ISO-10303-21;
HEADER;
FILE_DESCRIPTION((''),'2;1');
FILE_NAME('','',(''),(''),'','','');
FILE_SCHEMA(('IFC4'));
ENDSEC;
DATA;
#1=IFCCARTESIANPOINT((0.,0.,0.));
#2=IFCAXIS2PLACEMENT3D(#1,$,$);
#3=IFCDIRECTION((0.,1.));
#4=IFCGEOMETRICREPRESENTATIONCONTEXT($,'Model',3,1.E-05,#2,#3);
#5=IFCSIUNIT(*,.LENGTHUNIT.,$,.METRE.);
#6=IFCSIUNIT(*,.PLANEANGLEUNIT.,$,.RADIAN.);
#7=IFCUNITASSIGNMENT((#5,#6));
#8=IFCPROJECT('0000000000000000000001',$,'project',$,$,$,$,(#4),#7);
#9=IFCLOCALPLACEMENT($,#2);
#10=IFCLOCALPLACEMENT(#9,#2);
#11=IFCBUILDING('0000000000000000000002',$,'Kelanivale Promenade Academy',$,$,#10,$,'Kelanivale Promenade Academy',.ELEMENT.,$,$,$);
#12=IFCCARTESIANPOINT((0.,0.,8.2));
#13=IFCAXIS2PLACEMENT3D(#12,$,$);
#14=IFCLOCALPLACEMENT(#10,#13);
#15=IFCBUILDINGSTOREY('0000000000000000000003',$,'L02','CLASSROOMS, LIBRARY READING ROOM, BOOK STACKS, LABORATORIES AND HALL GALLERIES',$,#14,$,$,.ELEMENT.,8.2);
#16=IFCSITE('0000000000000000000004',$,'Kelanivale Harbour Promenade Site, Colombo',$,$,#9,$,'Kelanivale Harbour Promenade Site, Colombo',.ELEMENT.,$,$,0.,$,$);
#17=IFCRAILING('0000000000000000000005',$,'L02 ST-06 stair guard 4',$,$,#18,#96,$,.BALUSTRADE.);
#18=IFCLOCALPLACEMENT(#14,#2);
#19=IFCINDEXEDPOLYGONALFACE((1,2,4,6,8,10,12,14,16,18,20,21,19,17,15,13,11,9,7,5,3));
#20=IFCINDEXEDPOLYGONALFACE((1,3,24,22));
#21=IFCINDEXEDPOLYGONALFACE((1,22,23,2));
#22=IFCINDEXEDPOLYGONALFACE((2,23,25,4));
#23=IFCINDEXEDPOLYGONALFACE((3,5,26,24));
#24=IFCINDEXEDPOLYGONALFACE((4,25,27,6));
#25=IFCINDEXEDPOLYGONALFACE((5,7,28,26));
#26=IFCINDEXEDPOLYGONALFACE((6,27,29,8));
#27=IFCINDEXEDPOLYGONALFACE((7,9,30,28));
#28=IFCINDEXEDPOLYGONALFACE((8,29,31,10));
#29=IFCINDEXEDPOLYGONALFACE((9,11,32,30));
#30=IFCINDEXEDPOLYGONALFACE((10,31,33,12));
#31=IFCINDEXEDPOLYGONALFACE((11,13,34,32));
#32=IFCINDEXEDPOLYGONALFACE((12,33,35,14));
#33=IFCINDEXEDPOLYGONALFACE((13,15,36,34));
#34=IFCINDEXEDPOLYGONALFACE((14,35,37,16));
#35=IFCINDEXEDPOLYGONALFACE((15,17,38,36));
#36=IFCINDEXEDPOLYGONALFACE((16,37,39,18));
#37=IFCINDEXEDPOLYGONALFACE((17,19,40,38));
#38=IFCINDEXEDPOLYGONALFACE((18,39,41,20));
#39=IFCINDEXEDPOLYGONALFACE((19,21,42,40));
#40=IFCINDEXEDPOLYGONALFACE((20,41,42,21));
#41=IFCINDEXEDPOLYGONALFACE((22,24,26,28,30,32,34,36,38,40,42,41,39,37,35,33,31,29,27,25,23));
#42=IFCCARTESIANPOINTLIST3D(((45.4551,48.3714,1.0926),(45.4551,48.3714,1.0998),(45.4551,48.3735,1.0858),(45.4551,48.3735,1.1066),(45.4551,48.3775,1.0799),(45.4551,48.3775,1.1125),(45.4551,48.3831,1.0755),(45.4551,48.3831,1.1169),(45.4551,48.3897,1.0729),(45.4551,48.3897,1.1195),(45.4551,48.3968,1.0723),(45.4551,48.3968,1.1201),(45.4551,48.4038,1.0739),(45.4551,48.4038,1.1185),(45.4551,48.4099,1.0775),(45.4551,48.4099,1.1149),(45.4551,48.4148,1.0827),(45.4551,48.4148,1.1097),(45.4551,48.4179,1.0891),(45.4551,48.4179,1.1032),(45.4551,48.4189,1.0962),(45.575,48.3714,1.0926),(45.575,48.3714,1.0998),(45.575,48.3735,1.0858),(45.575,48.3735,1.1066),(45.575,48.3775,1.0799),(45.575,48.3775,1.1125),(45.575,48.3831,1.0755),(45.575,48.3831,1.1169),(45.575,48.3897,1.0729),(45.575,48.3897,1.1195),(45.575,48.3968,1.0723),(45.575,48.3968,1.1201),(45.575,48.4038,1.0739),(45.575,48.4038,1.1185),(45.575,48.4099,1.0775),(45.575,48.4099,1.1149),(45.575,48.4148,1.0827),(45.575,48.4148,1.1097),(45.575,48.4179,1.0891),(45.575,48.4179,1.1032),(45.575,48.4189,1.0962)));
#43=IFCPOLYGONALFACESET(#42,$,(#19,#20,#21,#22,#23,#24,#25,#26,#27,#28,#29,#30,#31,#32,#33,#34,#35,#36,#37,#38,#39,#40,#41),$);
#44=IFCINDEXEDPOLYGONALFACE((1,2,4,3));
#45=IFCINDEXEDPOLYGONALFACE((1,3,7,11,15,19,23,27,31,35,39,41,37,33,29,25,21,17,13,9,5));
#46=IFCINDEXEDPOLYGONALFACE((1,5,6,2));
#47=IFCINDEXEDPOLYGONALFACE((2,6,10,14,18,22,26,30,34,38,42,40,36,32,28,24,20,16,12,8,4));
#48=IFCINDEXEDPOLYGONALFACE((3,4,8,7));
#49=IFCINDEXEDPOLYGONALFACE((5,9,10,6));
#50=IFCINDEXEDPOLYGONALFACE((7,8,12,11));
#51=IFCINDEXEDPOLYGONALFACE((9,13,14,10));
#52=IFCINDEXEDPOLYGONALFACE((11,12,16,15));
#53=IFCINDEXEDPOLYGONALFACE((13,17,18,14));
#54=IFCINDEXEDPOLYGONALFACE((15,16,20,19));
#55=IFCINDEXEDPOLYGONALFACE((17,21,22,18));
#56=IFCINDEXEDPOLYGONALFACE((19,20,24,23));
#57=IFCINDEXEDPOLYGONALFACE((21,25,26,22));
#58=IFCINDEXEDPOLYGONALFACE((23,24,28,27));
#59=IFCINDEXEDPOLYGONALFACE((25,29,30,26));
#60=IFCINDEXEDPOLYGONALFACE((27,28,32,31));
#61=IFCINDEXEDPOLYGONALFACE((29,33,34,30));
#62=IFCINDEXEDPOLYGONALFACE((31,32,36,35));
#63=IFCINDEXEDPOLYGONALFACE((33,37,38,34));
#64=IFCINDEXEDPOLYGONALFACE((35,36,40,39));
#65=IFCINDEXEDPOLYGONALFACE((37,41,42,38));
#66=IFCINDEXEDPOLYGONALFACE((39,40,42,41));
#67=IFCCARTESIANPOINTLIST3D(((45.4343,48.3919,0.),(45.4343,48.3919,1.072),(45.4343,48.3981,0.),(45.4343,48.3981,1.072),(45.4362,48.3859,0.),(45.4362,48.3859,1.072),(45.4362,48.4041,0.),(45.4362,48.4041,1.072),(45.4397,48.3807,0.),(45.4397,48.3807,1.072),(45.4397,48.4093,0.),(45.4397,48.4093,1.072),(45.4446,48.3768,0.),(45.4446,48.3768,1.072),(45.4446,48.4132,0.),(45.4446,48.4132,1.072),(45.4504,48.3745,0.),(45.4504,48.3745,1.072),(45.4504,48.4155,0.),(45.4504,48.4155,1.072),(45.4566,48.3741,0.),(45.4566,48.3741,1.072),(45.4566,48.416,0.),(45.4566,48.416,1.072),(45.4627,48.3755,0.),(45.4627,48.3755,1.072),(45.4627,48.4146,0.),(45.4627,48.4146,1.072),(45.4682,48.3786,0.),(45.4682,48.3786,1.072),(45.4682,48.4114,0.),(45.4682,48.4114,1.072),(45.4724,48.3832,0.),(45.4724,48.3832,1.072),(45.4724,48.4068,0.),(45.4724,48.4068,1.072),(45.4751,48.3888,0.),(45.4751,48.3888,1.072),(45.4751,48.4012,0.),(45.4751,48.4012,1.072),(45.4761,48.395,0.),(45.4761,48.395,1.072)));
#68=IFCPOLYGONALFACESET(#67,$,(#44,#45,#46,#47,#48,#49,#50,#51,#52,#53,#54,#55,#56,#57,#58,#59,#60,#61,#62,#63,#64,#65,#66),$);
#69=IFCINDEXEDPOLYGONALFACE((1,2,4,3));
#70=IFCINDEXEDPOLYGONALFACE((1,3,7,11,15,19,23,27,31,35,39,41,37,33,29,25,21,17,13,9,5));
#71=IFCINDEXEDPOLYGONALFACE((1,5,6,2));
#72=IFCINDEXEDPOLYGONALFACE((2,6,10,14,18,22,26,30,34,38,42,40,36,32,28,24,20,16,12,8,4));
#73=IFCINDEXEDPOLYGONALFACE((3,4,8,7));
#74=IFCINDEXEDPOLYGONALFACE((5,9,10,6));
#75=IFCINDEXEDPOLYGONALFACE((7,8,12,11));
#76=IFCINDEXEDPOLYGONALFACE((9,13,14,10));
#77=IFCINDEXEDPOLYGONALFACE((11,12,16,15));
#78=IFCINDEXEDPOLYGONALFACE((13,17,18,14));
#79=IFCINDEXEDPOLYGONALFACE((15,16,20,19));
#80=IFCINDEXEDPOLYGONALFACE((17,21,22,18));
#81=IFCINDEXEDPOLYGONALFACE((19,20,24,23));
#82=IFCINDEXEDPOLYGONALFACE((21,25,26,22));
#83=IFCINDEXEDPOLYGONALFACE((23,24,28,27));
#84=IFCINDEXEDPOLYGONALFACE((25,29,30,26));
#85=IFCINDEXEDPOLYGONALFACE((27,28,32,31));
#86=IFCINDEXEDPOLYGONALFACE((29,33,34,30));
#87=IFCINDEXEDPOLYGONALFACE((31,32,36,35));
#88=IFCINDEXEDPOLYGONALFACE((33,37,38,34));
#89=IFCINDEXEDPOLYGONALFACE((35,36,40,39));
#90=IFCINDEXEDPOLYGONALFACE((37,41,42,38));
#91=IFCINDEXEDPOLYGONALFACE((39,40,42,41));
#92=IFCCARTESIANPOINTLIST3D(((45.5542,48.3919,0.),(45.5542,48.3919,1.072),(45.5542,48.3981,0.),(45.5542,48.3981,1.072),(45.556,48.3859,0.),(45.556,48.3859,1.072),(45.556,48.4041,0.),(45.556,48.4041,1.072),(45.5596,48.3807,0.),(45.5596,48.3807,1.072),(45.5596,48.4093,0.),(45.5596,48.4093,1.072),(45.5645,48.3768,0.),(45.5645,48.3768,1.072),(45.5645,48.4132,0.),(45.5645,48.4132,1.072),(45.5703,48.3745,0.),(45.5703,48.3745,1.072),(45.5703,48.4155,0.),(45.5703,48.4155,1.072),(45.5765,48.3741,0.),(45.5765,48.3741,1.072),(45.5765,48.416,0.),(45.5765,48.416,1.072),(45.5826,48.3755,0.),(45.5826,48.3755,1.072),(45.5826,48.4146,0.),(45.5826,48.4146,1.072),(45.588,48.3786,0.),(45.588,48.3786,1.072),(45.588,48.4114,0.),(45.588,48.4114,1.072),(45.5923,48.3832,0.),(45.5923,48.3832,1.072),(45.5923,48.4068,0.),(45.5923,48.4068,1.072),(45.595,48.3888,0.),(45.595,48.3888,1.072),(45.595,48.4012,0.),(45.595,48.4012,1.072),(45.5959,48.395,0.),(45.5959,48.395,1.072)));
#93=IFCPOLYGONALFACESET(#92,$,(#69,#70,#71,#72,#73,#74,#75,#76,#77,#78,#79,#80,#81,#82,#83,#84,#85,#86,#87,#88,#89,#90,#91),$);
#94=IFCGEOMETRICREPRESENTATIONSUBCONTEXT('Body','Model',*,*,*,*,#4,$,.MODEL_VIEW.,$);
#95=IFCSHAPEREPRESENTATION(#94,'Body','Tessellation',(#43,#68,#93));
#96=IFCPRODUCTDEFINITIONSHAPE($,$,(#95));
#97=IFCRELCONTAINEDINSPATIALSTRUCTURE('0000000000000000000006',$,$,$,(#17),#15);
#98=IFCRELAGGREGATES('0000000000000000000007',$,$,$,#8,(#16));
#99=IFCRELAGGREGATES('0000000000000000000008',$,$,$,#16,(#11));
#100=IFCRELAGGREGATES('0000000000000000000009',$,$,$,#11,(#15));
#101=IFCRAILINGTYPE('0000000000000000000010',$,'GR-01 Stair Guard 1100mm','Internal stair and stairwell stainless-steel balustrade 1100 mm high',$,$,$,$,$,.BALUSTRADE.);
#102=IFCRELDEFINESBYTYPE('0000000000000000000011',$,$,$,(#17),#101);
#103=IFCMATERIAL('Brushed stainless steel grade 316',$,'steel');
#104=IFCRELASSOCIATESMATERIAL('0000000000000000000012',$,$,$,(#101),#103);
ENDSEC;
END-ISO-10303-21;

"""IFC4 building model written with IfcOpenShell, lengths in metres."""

from ifc_helpers import new_model, si_unit, direction, frame, origin, origin_2d, place, context, subcontext, project, spatial, circle, extrude, material, type_object, element, save


model = new_model("IFC4")

# Units and contexts
model_context = context("Model", 3, precision=1e-05, world=origin(), true_north=direction((0.0, 1.0)))
body_context = subcontext(model_context, "Body", "Model", "MODEL_VIEW")
ifc_project = project(units=[si_unit("LENGTHUNIT", "METRE"), si_unit("PLANEANGLEUNIT", "RADIAN")], contexts=[model_context])

# Site, building, storey
site_placement = place(None, origin())
site = spatial("IfcSite", under=ifc_project, at=site_placement, Name="Kelanivale Harbour Promenade Site, Colombo", LongName="Kelanivale Harbour Promenade Site, Colombo", CompositionType="ELEMENT", RefElevation=0.0)
building_placement = place(site_placement, origin())
building = spatial("IfcBuilding", under=site, at=building_placement, Name="Kelanivale Promenade Academy", LongName="Kelanivale Promenade Academy", CompositionType="ELEMENT")
storey_placement = place(building_placement, frame((0.0, 0.0, 8.2)))
storey = spatial("IfcBuildingStorey", under=building, at=storey_placement, Name="L02", Description="CLASSROOMS, LIBRARY READING ROOM, BOOK STACKS, LABORATORIES AND HALL GALLERIES", CompositionType="ELEMENT", Elevation=8.2)

# Railing
ifc_material_1 = material(Name="Brushed stainless steel grade 316", Category="steel")
railing_type_1 = type_object("IfcRailingType", Name="GR-01 Stair Guard 1100mm", Description="Internal stair and stairwell stainless-steel balustrade 1100 mm high", PredefinedType="BALUSTRADE", material=ifc_material_1)
railing_1_placement = place(storey_placement, frame((45.4551, 48.395, 0.0)))
element("IfcRailing", 1, at=railing_1_placement, inside=storey, type_object=railing_type_1, Name="L02 ST-06 stair guard 4", PredefinedType="BALUSTRADE", context=body_context, shape_type="SweptSolid", body=[
    extrude(circle(Radius=0.0239, at=origin_2d()), frame((0.0, 0.0, 1.0962), z_axis=(1.0, 0.0, 0.0), x_axis=(0.0, 1.0, 0.0)), (0.0, 0.0, 1.0), 0.1199),
    extrude(circle(Radius=0.021, at=origin_2d()), origin(), (0.0, 0.0, 1.0), 1.072),
    extrude(circle(Radius=0.021, at=origin_2d()), frame((0.1199, 0.0, 0.0)), (0.0, 0.0, 1.0), 1.072),
])

save(model, "model.ifc")
